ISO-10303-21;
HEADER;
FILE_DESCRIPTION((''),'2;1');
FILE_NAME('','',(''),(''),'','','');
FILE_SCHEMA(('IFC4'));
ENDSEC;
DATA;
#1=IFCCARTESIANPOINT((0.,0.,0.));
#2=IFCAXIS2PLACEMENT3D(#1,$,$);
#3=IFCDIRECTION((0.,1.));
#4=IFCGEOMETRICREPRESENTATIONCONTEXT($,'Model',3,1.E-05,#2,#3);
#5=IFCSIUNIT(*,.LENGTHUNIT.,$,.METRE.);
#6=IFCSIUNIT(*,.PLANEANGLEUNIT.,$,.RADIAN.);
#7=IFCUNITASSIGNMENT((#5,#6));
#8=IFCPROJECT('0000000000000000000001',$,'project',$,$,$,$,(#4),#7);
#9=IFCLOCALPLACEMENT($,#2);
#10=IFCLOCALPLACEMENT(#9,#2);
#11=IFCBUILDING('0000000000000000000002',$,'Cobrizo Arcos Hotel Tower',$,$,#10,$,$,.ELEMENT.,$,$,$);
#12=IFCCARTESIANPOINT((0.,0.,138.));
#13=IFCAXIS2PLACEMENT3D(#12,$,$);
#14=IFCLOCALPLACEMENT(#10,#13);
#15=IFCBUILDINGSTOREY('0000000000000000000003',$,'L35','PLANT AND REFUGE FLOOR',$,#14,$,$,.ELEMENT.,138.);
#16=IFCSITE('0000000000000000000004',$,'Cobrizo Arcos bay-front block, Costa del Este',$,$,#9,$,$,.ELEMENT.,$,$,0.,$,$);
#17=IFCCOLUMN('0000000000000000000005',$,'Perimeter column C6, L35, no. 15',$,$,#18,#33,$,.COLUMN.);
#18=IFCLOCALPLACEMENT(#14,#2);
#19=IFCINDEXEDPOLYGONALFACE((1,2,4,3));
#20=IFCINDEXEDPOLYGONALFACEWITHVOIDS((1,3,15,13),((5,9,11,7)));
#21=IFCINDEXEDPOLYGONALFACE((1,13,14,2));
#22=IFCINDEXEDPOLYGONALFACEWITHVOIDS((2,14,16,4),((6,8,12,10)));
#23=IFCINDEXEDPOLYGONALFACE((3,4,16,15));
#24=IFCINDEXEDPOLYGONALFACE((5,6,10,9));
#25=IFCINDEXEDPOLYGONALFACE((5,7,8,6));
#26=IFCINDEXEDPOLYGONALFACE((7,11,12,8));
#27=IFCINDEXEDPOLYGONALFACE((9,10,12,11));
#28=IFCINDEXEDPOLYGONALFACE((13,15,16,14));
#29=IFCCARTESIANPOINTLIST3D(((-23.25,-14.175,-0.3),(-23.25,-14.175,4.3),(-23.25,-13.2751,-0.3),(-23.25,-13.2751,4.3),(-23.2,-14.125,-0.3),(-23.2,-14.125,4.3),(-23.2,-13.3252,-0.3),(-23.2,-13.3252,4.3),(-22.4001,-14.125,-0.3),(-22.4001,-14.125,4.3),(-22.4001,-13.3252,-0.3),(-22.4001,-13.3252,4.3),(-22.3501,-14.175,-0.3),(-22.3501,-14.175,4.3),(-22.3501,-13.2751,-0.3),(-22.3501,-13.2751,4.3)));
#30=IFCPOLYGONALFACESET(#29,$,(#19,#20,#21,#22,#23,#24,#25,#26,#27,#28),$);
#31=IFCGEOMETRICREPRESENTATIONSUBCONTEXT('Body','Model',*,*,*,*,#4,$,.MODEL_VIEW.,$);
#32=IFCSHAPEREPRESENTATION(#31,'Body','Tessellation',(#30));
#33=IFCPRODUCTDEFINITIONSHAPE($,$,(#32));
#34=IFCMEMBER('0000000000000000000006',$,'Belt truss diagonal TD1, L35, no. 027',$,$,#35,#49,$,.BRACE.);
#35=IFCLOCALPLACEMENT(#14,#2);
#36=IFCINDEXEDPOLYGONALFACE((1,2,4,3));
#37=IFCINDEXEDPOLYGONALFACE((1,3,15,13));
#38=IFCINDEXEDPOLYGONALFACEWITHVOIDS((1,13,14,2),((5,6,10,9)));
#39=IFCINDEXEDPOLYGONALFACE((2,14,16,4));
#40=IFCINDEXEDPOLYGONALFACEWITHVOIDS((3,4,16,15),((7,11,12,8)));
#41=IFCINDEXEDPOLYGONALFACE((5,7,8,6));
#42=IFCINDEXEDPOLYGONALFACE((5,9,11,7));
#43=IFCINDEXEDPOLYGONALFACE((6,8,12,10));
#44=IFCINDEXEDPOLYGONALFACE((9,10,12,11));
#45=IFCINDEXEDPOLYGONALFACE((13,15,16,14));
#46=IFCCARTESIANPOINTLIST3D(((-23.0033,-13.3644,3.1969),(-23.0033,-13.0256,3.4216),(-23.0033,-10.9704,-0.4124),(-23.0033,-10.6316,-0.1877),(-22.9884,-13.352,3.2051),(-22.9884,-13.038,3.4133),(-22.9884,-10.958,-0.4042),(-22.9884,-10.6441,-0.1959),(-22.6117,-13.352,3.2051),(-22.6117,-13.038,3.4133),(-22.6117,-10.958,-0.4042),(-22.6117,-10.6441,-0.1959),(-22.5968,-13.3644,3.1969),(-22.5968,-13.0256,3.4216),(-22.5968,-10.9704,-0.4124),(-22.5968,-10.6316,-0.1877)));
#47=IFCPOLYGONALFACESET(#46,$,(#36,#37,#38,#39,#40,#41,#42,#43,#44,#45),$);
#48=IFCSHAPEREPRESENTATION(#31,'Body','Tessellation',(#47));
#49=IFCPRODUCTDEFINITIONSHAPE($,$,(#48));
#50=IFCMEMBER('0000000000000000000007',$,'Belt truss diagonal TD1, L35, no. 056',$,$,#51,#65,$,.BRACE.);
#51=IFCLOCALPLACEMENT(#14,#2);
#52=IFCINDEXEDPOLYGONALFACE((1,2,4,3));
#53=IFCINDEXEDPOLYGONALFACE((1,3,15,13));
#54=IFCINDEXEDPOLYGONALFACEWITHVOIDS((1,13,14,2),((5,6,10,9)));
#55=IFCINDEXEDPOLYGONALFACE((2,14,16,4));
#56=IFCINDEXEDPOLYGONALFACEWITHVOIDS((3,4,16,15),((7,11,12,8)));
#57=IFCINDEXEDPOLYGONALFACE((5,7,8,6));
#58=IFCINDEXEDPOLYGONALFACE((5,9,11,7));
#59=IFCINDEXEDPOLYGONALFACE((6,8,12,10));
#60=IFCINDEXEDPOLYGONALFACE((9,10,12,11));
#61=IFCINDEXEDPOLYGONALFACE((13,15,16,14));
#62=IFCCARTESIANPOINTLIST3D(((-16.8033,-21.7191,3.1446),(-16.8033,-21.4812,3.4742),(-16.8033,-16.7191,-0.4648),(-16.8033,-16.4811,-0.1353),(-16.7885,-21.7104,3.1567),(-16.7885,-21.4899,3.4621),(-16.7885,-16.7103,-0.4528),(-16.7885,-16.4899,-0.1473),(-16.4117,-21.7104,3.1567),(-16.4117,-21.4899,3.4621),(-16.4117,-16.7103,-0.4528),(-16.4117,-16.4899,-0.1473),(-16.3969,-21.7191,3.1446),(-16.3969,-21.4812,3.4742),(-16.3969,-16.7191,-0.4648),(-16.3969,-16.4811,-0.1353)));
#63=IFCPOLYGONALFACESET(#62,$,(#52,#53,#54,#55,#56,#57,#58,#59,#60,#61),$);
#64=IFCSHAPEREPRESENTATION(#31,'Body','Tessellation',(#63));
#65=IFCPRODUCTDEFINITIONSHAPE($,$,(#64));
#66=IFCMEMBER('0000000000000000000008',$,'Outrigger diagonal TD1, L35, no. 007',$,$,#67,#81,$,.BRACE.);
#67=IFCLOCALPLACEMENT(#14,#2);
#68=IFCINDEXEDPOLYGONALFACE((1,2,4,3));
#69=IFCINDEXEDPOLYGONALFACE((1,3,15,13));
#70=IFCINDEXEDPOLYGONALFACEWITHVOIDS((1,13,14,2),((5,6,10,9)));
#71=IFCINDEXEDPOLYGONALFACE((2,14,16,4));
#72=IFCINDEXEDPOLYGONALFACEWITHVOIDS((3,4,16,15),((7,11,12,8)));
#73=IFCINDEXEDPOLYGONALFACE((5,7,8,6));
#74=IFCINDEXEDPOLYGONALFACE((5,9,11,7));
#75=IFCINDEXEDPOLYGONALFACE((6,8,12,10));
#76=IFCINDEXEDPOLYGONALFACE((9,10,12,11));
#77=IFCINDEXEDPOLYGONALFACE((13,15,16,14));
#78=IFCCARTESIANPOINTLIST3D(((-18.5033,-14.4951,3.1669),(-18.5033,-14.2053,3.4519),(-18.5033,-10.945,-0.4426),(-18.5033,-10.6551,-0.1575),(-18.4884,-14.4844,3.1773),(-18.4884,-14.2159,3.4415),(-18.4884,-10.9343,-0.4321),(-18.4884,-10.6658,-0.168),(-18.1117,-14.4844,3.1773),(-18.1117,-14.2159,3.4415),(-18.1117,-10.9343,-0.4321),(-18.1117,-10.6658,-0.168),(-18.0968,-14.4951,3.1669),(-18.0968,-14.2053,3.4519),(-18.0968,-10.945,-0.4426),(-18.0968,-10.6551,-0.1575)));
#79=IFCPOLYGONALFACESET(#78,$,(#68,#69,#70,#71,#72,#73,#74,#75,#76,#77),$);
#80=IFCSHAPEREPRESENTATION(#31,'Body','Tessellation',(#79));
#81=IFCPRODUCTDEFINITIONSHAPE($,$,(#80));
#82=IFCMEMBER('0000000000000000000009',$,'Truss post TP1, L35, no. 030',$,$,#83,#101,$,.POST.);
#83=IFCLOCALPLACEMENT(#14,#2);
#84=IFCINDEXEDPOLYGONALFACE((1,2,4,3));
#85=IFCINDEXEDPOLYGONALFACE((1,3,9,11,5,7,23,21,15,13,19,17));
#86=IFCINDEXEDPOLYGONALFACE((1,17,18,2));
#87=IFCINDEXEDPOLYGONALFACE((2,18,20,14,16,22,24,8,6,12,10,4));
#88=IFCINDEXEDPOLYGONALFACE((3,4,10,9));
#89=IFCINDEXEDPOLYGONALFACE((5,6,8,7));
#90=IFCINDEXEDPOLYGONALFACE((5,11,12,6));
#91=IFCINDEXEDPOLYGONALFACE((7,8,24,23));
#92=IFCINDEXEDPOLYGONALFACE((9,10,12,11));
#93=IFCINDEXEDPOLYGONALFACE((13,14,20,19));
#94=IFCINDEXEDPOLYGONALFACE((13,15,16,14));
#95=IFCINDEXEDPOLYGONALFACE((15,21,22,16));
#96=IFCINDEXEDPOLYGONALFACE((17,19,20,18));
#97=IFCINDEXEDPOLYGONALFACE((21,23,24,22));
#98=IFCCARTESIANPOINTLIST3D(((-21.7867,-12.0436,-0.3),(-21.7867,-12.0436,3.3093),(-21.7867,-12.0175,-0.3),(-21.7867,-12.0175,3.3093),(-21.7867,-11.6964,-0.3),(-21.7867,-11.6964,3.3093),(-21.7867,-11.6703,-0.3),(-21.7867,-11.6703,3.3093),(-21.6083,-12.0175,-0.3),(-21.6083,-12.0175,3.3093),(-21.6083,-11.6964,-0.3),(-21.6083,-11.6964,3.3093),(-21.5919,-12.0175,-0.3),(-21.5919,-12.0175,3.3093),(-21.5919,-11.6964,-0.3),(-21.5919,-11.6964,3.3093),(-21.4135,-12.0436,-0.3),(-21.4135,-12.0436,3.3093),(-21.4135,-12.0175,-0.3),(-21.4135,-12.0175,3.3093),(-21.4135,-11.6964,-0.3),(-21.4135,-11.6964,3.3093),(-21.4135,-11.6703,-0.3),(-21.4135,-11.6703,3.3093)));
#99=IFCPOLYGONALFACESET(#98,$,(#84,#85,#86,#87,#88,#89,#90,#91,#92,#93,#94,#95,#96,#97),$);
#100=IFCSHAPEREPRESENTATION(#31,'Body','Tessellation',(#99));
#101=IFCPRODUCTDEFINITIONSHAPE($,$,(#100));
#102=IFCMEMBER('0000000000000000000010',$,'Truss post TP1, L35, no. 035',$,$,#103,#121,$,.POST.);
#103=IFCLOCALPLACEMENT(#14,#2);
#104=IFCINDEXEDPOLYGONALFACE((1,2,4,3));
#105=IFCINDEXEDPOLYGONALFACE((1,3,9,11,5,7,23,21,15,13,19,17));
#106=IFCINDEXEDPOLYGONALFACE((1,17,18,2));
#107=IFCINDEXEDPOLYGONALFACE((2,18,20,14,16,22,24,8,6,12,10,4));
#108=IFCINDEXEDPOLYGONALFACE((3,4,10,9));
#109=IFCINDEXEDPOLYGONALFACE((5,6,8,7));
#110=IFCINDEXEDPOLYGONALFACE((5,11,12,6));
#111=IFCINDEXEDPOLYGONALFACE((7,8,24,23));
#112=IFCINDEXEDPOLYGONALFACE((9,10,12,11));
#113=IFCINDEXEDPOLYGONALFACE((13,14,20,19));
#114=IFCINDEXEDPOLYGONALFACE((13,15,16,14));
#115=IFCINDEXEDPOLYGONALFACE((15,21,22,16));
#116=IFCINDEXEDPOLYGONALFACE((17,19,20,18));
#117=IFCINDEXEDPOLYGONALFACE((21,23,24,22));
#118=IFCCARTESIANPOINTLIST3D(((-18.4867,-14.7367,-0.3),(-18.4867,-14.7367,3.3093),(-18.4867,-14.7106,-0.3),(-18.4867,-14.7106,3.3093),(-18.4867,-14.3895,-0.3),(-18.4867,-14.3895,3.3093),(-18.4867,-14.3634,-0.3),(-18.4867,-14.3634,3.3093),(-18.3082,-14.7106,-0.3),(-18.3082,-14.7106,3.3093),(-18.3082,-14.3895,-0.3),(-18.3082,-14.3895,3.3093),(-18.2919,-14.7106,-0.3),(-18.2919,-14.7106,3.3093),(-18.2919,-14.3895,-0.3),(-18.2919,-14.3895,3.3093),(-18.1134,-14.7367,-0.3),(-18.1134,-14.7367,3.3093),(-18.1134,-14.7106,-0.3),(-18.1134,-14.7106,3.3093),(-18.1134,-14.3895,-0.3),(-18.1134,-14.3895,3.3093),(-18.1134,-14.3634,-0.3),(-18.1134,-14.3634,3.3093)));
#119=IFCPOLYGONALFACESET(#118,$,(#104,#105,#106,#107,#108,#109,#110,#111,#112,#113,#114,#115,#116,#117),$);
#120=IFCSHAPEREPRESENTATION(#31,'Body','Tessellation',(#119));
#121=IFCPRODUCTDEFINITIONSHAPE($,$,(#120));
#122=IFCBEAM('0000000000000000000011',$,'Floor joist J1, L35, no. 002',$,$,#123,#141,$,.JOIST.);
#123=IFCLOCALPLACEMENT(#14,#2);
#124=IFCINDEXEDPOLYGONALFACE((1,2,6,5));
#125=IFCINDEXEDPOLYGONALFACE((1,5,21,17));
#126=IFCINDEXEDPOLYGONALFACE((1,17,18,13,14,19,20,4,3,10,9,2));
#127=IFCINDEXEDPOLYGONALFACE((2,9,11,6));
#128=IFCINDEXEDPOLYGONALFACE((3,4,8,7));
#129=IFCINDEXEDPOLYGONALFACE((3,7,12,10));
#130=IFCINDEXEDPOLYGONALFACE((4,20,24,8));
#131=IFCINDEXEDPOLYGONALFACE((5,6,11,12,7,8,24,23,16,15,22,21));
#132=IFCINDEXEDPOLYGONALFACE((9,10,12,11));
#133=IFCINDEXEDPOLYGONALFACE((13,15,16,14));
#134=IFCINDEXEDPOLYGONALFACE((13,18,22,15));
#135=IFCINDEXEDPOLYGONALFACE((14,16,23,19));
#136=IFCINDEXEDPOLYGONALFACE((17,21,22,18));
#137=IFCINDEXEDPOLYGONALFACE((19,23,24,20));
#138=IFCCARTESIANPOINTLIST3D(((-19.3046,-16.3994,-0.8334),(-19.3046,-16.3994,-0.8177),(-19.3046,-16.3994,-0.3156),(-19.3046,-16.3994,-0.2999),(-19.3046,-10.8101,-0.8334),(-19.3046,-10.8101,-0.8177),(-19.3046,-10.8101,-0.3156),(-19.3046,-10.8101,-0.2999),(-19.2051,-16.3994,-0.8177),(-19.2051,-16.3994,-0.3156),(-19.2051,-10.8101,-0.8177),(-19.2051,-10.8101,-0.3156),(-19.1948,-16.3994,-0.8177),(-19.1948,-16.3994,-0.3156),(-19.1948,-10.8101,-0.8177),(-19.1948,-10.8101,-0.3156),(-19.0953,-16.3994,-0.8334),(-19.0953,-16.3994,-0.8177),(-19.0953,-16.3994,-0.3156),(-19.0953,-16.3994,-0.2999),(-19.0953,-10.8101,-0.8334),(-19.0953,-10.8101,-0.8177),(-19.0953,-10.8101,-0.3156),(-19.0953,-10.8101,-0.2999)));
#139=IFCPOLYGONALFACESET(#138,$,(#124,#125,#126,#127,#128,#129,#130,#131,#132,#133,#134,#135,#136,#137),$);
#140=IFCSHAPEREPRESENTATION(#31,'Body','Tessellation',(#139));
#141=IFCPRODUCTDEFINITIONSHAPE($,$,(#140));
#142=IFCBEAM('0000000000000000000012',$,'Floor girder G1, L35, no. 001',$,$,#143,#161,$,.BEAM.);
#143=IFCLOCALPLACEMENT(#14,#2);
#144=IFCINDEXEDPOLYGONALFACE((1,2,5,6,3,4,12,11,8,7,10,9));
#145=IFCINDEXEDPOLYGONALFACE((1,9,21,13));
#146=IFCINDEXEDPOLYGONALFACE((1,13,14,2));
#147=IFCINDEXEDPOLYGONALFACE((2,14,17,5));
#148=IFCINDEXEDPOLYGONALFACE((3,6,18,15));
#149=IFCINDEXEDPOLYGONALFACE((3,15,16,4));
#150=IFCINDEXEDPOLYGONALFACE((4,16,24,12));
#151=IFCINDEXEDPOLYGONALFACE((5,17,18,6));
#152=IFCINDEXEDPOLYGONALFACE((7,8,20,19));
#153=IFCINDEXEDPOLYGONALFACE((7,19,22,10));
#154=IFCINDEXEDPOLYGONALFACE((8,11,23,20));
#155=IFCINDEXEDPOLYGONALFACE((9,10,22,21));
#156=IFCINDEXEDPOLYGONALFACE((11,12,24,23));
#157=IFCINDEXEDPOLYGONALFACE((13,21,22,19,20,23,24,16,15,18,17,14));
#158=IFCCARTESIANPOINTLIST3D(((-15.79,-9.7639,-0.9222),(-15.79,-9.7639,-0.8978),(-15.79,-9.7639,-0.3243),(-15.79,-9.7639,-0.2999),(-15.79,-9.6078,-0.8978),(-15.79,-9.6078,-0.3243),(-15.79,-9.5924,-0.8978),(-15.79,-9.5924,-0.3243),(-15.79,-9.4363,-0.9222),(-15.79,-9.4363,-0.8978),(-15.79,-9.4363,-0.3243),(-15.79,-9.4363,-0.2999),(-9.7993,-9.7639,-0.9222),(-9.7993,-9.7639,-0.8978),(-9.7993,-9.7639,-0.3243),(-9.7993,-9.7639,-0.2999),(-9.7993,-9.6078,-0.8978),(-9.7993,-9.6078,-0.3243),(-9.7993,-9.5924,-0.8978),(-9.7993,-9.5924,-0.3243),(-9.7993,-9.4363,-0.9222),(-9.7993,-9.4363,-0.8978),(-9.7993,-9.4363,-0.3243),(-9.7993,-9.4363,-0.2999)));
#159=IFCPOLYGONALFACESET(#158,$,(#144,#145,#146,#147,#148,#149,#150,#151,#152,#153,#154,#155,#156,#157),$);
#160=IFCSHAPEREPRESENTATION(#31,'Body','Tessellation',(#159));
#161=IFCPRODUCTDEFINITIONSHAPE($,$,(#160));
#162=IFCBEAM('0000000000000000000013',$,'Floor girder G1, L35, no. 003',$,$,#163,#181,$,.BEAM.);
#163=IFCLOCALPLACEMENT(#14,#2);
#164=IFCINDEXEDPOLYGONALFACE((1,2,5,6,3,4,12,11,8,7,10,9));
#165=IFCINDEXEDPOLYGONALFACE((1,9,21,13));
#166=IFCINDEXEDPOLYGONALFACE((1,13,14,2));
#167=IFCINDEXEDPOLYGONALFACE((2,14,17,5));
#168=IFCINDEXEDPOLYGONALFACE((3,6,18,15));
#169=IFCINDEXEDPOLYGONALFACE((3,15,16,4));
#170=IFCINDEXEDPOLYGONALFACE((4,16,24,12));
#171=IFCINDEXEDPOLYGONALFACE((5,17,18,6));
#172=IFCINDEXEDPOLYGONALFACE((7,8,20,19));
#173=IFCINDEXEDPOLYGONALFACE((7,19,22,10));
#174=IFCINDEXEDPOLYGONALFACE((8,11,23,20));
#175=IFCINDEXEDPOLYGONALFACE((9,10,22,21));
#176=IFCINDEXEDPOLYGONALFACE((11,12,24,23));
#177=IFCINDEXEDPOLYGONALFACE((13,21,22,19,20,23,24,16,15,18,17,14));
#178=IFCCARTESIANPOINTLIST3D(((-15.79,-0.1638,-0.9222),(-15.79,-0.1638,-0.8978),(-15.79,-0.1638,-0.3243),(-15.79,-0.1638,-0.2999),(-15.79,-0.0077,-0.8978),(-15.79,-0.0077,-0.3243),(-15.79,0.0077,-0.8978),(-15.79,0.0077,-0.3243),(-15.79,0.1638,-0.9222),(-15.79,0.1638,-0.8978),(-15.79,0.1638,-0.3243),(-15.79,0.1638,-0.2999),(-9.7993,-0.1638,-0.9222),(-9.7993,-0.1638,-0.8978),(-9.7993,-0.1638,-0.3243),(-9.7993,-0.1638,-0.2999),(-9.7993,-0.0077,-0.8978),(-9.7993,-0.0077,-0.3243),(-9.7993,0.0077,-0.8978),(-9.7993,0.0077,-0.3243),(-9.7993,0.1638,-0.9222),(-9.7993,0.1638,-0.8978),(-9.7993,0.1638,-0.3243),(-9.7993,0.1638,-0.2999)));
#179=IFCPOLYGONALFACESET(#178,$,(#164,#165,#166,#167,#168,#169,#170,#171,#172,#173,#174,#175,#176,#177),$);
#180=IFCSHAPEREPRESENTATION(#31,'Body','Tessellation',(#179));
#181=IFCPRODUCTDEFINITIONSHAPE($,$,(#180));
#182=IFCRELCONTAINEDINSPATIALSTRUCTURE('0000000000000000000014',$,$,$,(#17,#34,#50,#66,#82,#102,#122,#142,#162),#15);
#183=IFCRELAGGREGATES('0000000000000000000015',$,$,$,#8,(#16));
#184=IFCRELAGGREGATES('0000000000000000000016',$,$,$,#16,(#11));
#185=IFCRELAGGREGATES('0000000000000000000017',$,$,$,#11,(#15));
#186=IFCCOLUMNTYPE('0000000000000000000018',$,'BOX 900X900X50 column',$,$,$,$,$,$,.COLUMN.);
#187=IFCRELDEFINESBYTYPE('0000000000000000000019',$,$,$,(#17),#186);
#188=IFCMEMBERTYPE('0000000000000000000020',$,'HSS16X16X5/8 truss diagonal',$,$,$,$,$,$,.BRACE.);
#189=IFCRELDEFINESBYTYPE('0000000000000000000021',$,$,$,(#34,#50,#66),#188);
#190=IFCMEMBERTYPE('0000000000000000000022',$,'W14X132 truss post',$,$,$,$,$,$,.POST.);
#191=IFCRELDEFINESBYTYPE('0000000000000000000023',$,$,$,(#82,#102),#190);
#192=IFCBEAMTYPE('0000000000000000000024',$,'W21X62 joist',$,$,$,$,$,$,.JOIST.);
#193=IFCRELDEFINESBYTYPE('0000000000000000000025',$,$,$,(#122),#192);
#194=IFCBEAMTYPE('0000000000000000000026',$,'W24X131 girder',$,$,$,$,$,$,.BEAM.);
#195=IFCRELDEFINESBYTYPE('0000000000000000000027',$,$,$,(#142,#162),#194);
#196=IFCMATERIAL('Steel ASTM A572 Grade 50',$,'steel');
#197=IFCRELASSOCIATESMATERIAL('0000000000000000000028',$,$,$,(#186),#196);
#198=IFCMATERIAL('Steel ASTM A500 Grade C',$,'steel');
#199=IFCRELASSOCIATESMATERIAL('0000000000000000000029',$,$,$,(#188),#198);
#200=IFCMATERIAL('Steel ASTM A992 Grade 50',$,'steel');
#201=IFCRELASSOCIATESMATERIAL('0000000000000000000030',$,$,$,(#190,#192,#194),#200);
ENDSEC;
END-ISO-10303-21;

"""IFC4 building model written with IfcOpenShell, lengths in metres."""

from ifc_helpers import new_model, si_unit, direction, frame, origin, origin_2d, place, context, subcontext, project, spatial, hollow_rectangle, i_section, extrude, material, material_profile, profile_set, type_object, element, save


model = new_model("IFC4")

# Units and contexts
model_context = context("Model", 3, precision=1e-05, world=origin(), true_north=direction((0.0, 1.0)))
body_context = subcontext(model_context, "Body", "Model", "MODEL_VIEW")
ifc_project = project(units=[si_unit("LENGTHUNIT", "METRE"), si_unit("PLANEANGLEUNIT", "RADIAN")], contexts=[model_context])

# Site, building, storey
site_placement = place(None, origin())
site = spatial("IfcSite", under=ifc_project, at=site_placement, Name="Cobrizo Arcos bay-front block, Costa del Este", CompositionType="ELEMENT", RefElevation=0.0)
building_placement = place(site_placement, origin())
building = spatial("IfcBuilding", under=site, at=building_placement, Name="Cobrizo Arcos Hotel Tower", CompositionType="ELEMENT")
storey_placement = place(building_placement, frame((0.0, 0.0, 138.0)))
storey = spatial("IfcBuildingStorey", under=building, at=storey_placement, Name="L35", Description="PLANT AND REFUGE FLOOR", CompositionType="ELEMENT", Elevation=138.0)

# Column
ifc_material_1 = material(Name="Steel ASTM A572 Grade 50", Category="steel")
ifc_material_profile_1 = material_profile(ifc_material_1, hollow_rectangle(XDim=0.8999, YDim=0.8999, WallThickness=0.05, at=origin_2d()), Name="BOX 900X900X50")
ifc_profile_set_1 = profile_set([ifc_material_profile_1], Name="Steel ASTM A572 Grade 50")
column_type = type_object("IfcColumnType", Name="BOX 900X900X50 column", PredefinedType="COLUMN", material=ifc_profile_set_1)
column_placement = place(storey_placement, frame((-22.8, -13.7251, -0.3), z_axis=(0.0, 0.0, 1.0), x_axis=(1.0, 0.0, 0.0)))
element("IfcColumn", 1, at=column_placement, inside=storey, type_object=column_type, Name="Perimeter column C6, L35, no. 15", PredefinedType="COLUMN", context=body_context, shape_type="SweptSolid", body=[
    extrude(hollow_rectangle(XDim=0.8999, YDim=0.8999, WallThickness=0.05, at=origin_2d()), origin(), (0.0, 0.0, 1.0), 4.6001),
])

# Members
ifc_material_2 = material(Name="Steel ASTM A500 Grade C", Category="steel")
ifc_material_profile_2 = material_profile(ifc_material_2, hollow_rectangle(XDim=0.4065, YDim=0.4065, WallThickness=0.0149, at=origin_2d()), Name="HSS16X16X5/8")
ifc_profile_set_2 = profile_set([ifc_material_profile_2], Name="Steel ASTM A500 Grade C")
member_type_1 = type_object("IfcMemberType", Name="HSS16X16X5/8 truss diagonal", PredefinedType="BRACE", material=ifc_profile_set_2)
member_1_placement = place(storey_placement, frame((-22.8, -10.801, -0.3), z_axis=(0.0, -0.552747, 0.833349), x_axis=(1.0, 0.0, 0.0)))
element("IfcMember", 2, at=member_1_placement, inside=storey, type_object=member_type_1, Name="Belt truss diagonal TD1, L35, no. 027", PredefinedType="BRACE", context=body_context, shape_type="SweptSolid", body=[
    extrude(hollow_rectangle(XDim=0.4065, YDim=0.4065, WallThickness=0.0149, at=origin_2d()), origin(), (0.0, 0.0, 1.0), 4.3311),
])
member_2_placement = place(storey_placement, frame((-16.6001, -16.6001, -0.3), z_axis=(0.0, -0.810813, 0.585306), x_axis=(1.0, 0.0, 0.0)))
element("IfcMember", 3, at=member_2_placement, inside=storey, type_object=member_type_1, Name="Belt truss diagonal TD1, L35, no. 056", PredefinedType="BRACE", context=body_context, shape_type="SweptSolid", body=[
    extrude(hollow_rectangle(XDim=0.4065, YDim=0.4065, WallThickness=0.0149, at=origin_2d()), origin(), (0.0, 0.0, 1.0), 6.1667),
])
member_3_placement = place(storey_placement, frame((-18.3, -10.8, -0.3), z_axis=(0.0, -0.701223, 0.712942), x_axis=(1.0, 0.0, 0.0)))
element("IfcMember", 4, at=member_3_placement, inside=storey, type_object=member_type_1, Name="Outrigger diagonal TD1, L35, no. 007", PredefinedType="BRACE", context=body_context, shape_type="SweptSolid", body=[
    extrude(hollow_rectangle(XDim=0.4065, YDim=0.4065, WallThickness=0.0149, at=origin_2d()), origin(), (0.0, 0.0, 1.0), 5.0627),
])
ifc_material_3 = material(Name="Steel ASTM A992 Grade 50", Category="steel")
ifc_material_profile_3 = material_profile(ifc_material_3, i_section(OverallWidth=0.3733, OverallDepth=0.3733, WebThickness=0.0164, FlangeThickness=0.0261, at=origin_2d()), Name="W14X132")
ifc_profile_set_3 = profile_set([ifc_material_profile_3], Name="Steel ASTM A992 Grade 50")
member_type_2 = type_object("IfcMemberType", Name="W14X132 truss post", PredefinedType="POST", material=ifc_profile_set_3)
for number, where, z_axis, x_axis, name in (
    (5, (-21.6001, -11.8569, -0.3), (0.0, 0.0, 1.0), (1.0, 0.0, 0.0), "Truss post TP1, L35, no. 030"),
    (6, (-18.3, -14.55, -0.3), (0.0, 0.0, 1.0), (1.0, 0.0, 0.0), "Truss post TP1, L35, no. 035"),
):
    element("IfcMember", number, at=place(storey_placement, frame(where, z_axis=z_axis, x_axis=x_axis)), inside=storey, type_object=member_type_2, Name=name, PredefinedType="POST", context=body_context, shape_type="SweptSolid", body=[
        extrude(i_section(OverallWidth=0.3733, OverallDepth=0.3733, WebThickness=0.0164, FlangeThickness=0.0261, at=origin_2d()), origin(), (0.0, 0.0, 1.0), 3.6094),
    ])

# Beams
ifc_material_profile_4 = material_profile(ifc_material_3, i_section(OverallWidth=0.2092, OverallDepth=0.5334, WebThickness=0.0103, FlangeThickness=0.0156, at=origin_2d()), Name="W21X62")
ifc_profile_set_4 = profile_set([ifc_material_profile_4], Name="Steel ASTM A992 Grade 50")
beam_type_1 = type_object("IfcBeamType", Name="W21X62 joist", PredefinedType="JOIST", material=ifc_profile_set_4)
beam_placement = place(storey_placement, frame((-19.2, -16.3994, -0.5667), z_axis=(0.0, 1.0, 0.0), x_axis=(-1.0, 0.0, 0.0)))
element("IfcBeam", 7, at=beam_placement, inside=storey, type_object=beam_type_1, Name="Floor joist J1, L35, no. 002", PredefinedType="JOIST", context=body_context, shape_type="SweptSolid", body=[
    extrude(i_section(OverallWidth=0.2092, OverallDepth=0.5334, WebThickness=0.0103, FlangeThickness=0.0156, at=origin_2d()), origin(), (0.0, 0.0, 1.0), 5.5894),
])
ifc_material_profile_5 = material_profile(ifc_material_3, i_section(OverallWidth=0.3276, OverallDepth=0.6223, WebThickness=0.0154, FlangeThickness=0.0244, at=origin_2d()), Name="W24X131")
ifc_profile_set_5 = profile_set([ifc_material_profile_5], Name="Steel ASTM A992 Grade 50")
beam_type_2 = type_object("IfcBeamType", Name="W24X131 girder", PredefinedType="BEAM", material=ifc_profile_set_5)
for number, where, z_axis, x_axis, name in (
    (8, (-15.79, -9.6001, -0.6111), (1.0, 0.0, 0.0), (0.0, 1.0, 0.0), "Floor girder G1, L35, no. 001"),
    (9, (-15.79, 0.0, -0.6111), (1.0, 0.0, 0.0), (0.0, 1.0, 0.0), "Floor girder G1, L35, no. 003"),
):
    element("IfcBeam", number, at=place(storey_placement, frame(where, z_axis=z_axis, x_axis=x_axis)), inside=storey, type_object=beam_type_2, Name=name, PredefinedType="BEAM", context=body_context, shape_type="SweptSolid", body=[
        extrude(i_section(OverallWidth=0.3276, OverallDepth=0.6223, WebThickness=0.0154, FlangeThickness=0.0244, at=origin_2d()), origin(), (0.0, 0.0, 1.0), 5.9907),
    ])

save(model, "model.ifc")
